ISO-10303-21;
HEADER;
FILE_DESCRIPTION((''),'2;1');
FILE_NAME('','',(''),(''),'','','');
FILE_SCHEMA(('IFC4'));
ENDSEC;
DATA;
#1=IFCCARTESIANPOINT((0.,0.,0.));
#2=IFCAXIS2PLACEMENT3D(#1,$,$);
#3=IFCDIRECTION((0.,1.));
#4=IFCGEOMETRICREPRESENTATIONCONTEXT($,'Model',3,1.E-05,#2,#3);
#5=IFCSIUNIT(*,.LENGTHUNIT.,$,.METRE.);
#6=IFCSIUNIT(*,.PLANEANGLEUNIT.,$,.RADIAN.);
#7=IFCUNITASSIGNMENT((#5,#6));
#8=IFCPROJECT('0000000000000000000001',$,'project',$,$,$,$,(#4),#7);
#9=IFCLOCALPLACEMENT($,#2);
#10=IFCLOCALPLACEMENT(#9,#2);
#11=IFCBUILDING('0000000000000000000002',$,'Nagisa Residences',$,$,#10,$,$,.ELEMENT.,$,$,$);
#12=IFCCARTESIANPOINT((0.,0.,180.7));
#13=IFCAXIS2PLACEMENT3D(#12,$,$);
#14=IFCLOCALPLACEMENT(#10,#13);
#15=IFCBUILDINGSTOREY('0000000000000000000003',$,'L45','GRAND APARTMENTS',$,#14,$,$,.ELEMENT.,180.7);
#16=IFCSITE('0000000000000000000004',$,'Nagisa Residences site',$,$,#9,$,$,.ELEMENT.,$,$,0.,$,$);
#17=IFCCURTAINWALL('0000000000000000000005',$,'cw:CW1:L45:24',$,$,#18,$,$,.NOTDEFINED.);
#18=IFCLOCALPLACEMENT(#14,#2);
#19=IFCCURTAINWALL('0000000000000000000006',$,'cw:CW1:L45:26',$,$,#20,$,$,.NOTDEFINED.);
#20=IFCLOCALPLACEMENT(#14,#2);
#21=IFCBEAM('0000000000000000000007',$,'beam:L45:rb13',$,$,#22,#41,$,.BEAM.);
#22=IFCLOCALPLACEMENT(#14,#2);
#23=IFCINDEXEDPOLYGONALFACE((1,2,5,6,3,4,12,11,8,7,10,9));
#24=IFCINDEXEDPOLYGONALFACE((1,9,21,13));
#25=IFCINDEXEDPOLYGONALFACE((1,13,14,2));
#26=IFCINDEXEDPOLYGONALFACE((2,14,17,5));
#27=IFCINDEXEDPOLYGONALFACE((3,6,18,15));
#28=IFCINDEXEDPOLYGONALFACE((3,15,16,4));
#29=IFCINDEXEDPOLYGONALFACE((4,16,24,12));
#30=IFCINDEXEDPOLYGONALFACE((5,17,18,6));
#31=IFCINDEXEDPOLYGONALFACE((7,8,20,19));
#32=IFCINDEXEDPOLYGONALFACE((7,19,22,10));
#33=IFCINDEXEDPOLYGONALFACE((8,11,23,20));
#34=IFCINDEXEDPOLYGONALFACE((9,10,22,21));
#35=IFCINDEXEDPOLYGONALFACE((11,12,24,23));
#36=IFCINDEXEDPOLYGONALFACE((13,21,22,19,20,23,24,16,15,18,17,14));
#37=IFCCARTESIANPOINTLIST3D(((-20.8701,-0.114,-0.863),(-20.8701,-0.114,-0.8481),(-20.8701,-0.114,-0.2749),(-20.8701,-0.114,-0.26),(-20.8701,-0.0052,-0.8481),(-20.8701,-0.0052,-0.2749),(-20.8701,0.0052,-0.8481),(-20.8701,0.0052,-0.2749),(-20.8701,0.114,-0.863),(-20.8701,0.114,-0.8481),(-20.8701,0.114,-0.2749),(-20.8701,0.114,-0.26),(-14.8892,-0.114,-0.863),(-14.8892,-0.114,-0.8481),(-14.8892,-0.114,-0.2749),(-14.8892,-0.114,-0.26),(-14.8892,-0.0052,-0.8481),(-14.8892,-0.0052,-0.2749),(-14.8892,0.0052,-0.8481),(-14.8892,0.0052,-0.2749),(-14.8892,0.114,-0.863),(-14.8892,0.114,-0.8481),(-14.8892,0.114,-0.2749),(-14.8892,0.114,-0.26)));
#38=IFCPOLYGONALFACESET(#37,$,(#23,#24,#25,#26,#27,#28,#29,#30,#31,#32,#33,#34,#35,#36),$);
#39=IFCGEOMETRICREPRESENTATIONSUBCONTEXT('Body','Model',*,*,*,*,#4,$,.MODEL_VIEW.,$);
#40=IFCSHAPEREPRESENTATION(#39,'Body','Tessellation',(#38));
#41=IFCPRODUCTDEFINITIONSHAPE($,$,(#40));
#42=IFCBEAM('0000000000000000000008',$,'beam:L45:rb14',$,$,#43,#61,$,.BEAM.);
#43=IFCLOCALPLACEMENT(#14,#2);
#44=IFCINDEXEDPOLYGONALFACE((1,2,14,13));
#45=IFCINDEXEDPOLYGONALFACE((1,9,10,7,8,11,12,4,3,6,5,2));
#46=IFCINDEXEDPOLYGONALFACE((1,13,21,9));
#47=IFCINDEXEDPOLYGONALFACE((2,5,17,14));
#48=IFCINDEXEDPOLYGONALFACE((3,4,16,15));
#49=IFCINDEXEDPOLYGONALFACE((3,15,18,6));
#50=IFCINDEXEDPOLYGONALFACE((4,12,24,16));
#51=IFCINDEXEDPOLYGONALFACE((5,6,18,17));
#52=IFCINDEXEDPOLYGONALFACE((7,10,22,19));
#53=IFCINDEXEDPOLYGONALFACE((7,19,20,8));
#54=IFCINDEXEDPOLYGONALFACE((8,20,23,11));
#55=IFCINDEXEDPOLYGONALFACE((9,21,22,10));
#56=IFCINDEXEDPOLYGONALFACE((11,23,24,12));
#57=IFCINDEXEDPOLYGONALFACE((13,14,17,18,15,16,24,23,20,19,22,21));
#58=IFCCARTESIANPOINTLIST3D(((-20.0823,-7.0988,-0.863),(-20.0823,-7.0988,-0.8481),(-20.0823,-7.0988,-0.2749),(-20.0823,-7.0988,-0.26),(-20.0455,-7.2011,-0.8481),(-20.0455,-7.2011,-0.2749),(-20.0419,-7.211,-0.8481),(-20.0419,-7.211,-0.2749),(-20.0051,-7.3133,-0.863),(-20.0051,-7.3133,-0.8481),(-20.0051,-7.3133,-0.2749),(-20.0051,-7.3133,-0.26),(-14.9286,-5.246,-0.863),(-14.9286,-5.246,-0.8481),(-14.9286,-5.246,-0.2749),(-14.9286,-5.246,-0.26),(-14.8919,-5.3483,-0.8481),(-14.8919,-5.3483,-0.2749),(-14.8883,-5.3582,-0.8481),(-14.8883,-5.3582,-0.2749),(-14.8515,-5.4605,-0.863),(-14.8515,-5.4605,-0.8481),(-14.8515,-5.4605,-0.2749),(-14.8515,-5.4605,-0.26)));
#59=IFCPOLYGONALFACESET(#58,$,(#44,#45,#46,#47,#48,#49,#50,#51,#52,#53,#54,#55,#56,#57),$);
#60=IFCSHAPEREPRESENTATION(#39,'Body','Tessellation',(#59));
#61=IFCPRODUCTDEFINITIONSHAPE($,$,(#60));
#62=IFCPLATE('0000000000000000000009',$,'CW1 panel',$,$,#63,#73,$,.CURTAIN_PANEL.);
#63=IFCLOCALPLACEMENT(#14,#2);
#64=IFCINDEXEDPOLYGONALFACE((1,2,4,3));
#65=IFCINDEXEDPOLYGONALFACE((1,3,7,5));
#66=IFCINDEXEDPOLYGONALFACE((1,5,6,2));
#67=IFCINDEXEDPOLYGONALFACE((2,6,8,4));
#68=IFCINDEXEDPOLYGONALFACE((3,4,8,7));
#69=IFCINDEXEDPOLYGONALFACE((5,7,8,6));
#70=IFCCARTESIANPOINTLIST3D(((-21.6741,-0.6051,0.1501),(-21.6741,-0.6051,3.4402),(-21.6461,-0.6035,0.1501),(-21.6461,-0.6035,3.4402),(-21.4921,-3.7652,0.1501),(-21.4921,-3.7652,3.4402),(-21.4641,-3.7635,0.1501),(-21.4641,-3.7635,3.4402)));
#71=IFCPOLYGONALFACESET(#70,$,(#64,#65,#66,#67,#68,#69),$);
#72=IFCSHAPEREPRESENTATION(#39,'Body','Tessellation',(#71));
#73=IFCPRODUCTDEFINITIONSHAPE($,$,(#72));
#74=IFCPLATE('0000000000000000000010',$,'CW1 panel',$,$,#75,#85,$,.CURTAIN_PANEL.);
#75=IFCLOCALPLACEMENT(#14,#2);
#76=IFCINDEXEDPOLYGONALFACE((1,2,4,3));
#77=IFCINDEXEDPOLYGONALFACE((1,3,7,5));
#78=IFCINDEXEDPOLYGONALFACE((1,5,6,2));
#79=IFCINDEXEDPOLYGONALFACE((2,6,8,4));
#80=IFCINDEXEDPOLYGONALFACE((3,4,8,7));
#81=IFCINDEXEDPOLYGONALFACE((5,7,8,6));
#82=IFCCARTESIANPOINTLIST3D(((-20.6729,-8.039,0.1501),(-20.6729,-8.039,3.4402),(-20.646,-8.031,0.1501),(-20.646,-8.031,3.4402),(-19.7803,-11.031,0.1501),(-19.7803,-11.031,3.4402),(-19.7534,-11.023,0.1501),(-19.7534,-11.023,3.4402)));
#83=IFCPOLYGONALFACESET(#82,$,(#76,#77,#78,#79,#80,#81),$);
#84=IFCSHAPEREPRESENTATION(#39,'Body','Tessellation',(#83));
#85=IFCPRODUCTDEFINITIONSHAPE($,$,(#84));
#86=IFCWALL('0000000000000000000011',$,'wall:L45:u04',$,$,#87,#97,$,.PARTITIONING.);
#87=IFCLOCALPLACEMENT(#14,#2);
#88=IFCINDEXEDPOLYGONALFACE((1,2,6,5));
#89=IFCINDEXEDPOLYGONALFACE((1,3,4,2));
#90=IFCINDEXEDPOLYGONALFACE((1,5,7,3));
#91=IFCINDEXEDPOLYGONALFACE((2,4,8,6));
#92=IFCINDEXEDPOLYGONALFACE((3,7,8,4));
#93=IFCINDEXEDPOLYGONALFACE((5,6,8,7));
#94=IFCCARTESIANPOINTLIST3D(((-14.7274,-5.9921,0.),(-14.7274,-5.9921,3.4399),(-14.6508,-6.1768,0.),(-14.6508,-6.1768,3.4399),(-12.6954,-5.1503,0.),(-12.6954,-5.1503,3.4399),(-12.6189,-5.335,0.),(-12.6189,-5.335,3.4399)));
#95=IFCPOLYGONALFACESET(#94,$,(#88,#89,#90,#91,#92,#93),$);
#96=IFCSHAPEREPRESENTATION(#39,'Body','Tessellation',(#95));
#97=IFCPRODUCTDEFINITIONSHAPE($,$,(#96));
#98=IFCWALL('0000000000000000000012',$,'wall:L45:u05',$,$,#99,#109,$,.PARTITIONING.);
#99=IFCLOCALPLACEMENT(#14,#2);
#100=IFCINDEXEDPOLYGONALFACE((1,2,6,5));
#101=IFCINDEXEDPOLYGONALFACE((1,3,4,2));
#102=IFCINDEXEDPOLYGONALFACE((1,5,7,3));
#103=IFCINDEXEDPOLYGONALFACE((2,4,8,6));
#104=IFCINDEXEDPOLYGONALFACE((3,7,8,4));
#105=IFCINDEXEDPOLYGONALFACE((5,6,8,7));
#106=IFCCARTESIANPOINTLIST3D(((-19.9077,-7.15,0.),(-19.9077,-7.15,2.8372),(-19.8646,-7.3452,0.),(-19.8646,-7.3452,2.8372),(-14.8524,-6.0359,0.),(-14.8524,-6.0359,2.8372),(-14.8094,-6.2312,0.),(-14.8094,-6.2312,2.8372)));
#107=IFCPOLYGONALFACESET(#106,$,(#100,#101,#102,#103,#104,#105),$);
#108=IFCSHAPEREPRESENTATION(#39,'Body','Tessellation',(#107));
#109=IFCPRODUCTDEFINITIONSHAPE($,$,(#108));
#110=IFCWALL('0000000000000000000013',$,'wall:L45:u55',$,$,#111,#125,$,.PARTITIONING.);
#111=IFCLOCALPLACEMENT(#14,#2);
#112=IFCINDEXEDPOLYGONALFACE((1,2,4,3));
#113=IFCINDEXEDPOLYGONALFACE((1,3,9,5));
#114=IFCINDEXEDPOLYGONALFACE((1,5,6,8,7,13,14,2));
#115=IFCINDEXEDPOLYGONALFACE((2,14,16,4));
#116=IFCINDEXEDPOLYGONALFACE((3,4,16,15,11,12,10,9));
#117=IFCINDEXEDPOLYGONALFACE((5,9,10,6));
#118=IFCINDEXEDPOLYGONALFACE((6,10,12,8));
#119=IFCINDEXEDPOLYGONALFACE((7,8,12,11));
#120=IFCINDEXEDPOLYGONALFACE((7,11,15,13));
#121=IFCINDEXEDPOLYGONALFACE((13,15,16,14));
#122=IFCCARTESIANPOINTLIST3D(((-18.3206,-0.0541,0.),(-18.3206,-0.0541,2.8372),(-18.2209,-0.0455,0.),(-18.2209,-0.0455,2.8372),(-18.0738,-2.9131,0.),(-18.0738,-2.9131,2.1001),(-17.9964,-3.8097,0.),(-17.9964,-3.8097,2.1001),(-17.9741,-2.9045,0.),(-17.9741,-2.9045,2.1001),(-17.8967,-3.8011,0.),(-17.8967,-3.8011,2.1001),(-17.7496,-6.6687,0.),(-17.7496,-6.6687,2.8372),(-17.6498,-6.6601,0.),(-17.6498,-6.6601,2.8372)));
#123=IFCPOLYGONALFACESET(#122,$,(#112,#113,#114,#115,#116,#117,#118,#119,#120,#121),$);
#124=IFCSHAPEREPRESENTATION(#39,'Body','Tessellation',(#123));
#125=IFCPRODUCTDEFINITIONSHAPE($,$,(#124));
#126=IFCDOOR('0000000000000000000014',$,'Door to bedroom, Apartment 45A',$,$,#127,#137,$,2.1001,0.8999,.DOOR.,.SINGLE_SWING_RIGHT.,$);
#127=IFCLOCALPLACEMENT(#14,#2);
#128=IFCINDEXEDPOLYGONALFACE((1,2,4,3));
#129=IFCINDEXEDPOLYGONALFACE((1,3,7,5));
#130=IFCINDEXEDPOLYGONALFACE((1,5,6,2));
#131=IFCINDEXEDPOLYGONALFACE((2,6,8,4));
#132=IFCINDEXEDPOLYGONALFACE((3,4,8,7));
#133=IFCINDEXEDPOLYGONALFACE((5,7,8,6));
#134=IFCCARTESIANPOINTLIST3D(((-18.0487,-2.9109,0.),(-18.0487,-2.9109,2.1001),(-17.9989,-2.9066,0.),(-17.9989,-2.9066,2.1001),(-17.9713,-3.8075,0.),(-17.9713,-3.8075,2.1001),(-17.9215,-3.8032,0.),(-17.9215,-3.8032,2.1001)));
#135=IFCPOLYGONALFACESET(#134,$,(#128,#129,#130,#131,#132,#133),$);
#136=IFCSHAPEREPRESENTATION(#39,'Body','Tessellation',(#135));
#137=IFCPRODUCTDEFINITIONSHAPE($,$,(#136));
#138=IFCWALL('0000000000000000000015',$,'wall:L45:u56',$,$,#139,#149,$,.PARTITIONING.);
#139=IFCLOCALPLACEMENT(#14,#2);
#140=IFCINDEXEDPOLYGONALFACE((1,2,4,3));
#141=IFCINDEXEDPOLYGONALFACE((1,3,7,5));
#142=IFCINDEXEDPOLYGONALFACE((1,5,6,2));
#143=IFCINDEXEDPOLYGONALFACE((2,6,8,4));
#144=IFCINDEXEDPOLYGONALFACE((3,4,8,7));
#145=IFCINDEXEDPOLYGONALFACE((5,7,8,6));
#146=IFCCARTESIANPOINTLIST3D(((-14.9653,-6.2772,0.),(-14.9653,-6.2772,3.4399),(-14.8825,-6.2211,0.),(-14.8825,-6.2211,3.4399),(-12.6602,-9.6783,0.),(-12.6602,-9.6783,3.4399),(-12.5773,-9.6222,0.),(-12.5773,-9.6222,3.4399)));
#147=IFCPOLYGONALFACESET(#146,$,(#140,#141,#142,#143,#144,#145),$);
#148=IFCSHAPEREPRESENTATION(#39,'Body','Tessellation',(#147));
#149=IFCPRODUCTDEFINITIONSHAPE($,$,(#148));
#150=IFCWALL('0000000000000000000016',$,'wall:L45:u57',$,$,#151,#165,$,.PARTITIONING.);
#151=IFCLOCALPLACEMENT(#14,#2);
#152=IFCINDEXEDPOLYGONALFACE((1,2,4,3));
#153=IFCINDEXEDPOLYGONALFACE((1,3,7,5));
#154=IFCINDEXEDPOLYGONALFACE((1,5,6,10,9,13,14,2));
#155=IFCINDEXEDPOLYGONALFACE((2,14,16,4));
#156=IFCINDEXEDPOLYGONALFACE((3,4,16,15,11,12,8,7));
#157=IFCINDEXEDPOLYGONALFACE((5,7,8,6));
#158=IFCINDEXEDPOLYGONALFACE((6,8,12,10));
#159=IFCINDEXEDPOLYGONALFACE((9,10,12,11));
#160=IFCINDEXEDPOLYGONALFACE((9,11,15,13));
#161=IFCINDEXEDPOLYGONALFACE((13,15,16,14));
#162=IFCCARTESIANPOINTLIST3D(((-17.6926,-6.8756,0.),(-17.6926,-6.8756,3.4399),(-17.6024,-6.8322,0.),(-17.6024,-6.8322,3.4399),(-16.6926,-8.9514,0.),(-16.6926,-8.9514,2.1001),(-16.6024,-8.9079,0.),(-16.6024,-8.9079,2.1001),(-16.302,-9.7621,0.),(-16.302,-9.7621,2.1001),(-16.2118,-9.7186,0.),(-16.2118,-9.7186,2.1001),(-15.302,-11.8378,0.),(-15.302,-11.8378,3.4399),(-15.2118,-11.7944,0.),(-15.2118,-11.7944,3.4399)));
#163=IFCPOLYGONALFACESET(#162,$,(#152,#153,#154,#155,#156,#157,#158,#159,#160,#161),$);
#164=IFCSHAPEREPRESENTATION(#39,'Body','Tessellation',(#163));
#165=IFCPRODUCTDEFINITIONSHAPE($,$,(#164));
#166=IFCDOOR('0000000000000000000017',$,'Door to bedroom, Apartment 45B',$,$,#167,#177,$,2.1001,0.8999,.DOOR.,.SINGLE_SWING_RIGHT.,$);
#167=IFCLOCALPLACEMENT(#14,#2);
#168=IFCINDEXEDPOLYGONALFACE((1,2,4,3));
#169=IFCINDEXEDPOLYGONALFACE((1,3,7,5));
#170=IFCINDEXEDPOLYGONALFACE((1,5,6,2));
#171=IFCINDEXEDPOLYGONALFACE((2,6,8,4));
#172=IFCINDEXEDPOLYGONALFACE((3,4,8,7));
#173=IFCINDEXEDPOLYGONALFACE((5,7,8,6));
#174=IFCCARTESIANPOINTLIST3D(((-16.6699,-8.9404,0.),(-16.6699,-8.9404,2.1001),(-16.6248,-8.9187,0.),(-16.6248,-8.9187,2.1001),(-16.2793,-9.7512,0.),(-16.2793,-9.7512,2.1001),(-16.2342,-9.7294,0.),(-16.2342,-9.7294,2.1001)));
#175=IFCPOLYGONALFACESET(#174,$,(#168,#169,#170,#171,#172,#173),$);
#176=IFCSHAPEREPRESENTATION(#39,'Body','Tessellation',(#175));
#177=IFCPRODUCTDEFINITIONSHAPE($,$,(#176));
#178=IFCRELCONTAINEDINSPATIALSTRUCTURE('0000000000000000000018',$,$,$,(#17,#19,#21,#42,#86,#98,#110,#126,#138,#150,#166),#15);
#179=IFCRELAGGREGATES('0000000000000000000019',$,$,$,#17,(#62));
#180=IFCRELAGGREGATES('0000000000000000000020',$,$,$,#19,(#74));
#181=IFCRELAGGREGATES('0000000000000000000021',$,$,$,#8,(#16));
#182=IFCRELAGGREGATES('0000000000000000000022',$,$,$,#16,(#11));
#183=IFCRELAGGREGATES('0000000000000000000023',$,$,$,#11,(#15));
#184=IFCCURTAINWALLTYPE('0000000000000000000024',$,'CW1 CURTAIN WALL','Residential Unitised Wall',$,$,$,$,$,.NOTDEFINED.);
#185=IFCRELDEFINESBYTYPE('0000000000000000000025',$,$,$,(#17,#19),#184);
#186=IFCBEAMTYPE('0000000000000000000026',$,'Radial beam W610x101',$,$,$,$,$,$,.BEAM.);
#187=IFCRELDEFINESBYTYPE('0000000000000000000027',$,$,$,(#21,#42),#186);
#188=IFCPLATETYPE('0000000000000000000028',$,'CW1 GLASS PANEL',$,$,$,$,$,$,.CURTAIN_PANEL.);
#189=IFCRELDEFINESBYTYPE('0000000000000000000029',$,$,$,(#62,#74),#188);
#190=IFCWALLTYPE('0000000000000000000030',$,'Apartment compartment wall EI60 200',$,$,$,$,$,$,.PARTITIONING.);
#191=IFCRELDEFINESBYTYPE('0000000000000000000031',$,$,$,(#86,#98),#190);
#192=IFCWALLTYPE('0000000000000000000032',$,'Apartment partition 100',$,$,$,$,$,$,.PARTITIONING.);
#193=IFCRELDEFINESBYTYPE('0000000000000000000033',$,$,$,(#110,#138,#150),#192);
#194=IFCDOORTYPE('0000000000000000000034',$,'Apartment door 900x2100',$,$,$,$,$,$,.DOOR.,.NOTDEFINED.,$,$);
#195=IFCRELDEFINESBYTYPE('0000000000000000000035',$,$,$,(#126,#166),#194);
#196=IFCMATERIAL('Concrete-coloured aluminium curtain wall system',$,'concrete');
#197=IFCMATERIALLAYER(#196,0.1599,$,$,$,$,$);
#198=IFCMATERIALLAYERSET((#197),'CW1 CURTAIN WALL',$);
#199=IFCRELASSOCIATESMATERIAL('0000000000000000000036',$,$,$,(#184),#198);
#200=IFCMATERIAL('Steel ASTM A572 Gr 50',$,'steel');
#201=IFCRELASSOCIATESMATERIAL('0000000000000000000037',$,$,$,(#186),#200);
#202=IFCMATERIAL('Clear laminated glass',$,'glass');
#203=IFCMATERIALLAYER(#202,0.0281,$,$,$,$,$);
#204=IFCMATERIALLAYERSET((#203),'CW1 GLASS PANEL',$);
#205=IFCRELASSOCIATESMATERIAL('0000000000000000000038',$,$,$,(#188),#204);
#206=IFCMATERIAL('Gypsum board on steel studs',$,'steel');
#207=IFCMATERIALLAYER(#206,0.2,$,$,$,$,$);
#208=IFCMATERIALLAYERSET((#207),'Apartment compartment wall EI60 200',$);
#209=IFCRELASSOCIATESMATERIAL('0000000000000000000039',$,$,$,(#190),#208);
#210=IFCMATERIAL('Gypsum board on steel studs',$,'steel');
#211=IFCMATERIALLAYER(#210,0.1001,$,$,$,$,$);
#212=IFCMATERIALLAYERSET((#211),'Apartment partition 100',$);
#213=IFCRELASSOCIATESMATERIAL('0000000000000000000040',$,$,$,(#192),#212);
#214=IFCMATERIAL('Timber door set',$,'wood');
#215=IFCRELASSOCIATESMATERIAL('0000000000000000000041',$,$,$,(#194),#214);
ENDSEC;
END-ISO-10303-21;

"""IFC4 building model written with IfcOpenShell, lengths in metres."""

from ifc_helpers import new_model, si_unit, direction, frame, frame_2d, origin, origin_2d, place, context, subcontext, project, spatial, rectangle, i_section, extrude, material, layer, layer_set, material_profile, profile_set, type_object, element, fill, aggregate, save


model = new_model("IFC4")

# Units and contexts
model_context = context("Model", 3, precision=1e-05, world=origin(), true_north=direction((0.0, 1.0)))
body_context = subcontext(model_context, "Body", "Model", "MODEL_VIEW")
ifc_project = project(units=[si_unit("LENGTHUNIT", "METRE"), si_unit("PLANEANGLEUNIT", "RADIAN")], contexts=[model_context])

# Site, building, storey
site_placement = place(None, origin())
site = spatial("IfcSite", under=ifc_project, at=site_placement, Name="Nagisa Residences site", CompositionType="ELEMENT", RefElevation=0.0)
building_placement = place(site_placement, origin())
building = spatial("IfcBuilding", under=site, at=building_placement, Name="Nagisa Residences", CompositionType="ELEMENT")
storey_placement = place(building_placement, frame((0.0, 0.0, 180.7)))
storey = spatial("IfcBuildingStorey", under=building, at=storey_placement, Name="L45", Description="GRAND APARTMENTS", CompositionType="ELEMENT", Elevation=180.7)

# Curtain walls
ifc_material_1 = material(Name="Concrete-coloured aluminium curtain wall system", Category="concrete")
ifc_layer_1 = layer(ifc_material_1, 0.1599)
ifc_layer_set_1 = layer_set([ifc_layer_1], Name="CW1 CURTAIN WALL")
curtain_wall_type = type_object("IfcCurtainWallType", Name="CW1 CURTAIN WALL", Description="Residential Unitised Wall", PredefinedType="NOTDEFINED", material=ifc_layer_set_1)
curtain_wall_1_placement = place(storey_placement, origin())
curtain_wall_1 = element("IfcCurtainWall", 1, at=curtain_wall_1_placement, inside=storey, type_object=curtain_wall_type, Name="cw:CW1:L45:24", PredefinedType="NOTDEFINED")
curtain_wall_2_placement = place(storey_placement, origin())
curtain_wall_2 = element("IfcCurtainWall", 2, at=curtain_wall_2_placement, inside=storey, type_object=curtain_wall_type, Name="cw:CW1:L45:26", PredefinedType="NOTDEFINED")

# Beams
ifc_material_2 = material(Name="Steel ASTM A572 Gr 50", Category="steel")
ifc_material_profile_1 = material_profile(ifc_material_2, i_section(OverallWidth=0.228, OverallDepth=0.603, WebThickness=0.0105, FlangeThickness=0.0149, at=origin_2d()), Name="W610x101")
ifc_profile_set_1 = profile_set([ifc_material_profile_1], Name="Steel ASTM A572 Gr 50")
beam_type_1 = type_object("IfcBeamType", Name="Radial beam W610x101", PredefinedType="BEAM", material=ifc_profile_set_1)
beam_1_placement = place(storey_placement, frame((-20.8701, 0.0, -0.5615), z_axis=(1.0, 0.0, 0.0), x_axis=(0.0, 1.0, 0.0)))
element("IfcBeam", 3, at=beam_1_placement, inside=storey, type_object=beam_type_1, Name="beam:L45:rb13", PredefinedType="BEAM", context=body_context, shape_type="SweptSolid", body=[
    extrude(i_section(OverallWidth=0.228, OverallDepth=0.603, WebThickness=0.0105, FlangeThickness=0.0149, at=origin_2d()), origin(), (0.0, 0.0, 1.0), 5.981),
])
beam_2_placement = place(storey_placement, frame((-20.0437, -7.2061, -0.5615), z_axis=(0.941033, 0.338315, 0.0), x_axis=(-0.338315, 0.941033, 0.0)))
element("IfcBeam", 4, at=beam_2_placement, inside=storey, type_object=beam_type_1, Name="beam:L45:rb14", PredefinedType="BEAM", context=body_context, shape_type="SweptSolid", body=[
    extrude(i_section(OverallWidth=0.228, OverallDepth=0.603, WebThickness=0.0105, FlangeThickness=0.0149, at=origin_2d()), origin(), (0.0, 0.0, 1.0), 5.4766),
])

# Plates
ifc_material_3 = material(Name="Clear laminated glass", Category="glass")
ifc_layer_2 = layer(ifc_material_3, 0.0281)
ifc_layer_set_2 = layer_set([ifc_layer_2], Name="CW1 GLASS PANEL")
plate_type = type_object("IfcPlateType", Name="CW1 GLASS PANEL", PredefinedType="CURTAIN_PANEL", material=ifc_layer_set_2)
plate_1_placement = place(storey_placement, frame((-21.5691, -2.1843, 0.1501), z_axis=(0.0, 0.0, 1.0), x_axis=(0.057503, -0.998345, 0.0)))
plate_1 = element("IfcPlate", 5, at=plate_1_placement, type_object=plate_type, Name="CW1 panel", PredefinedType="CURTAIN_PANEL", context=body_context, shape_type="SweptSolid", body=[
    extrude(rectangle(XDim=3.1653, YDim=0.0281, at=origin_2d()), origin(), (0.0, 0.0, 1.0), 3.29),
])
aggregate(curtain_wall_1, [plate_1])
plate_2_placement = place(storey_placement, frame((-20.2131, -9.531, 0.1501), z_axis=(0.0, 0.0, 1.0), x_axis=(0.28586, -0.958271, 0.0)))
plate_2 = element("IfcPlate", 6, at=plate_2_placement, type_object=plate_type, Name="CW1 panel", PredefinedType="CURTAIN_PANEL", context=body_context, shape_type="SweptSolid", body=[
    extrude(rectangle(XDim=3.1223, YDim=0.0281, at=origin_2d()), origin(), (0.0, 0.0, 1.0), 3.29),
])
aggregate(curtain_wall_2, [plate_2])

# Walls
ifc_material_4 = material(Name="Gypsum board on steel studs", Category="steel")
ifc_layer_3 = layer(ifc_material_4, 0.2)
ifc_layer_set_3 = layer_set([ifc_layer_3], Name="Apartment compartment wall EI60 200")
wall_type_1 = type_object("IfcWallType", Name="Apartment compartment wall EI60 200", PredefinedType="PARTITIONING", material=ifc_layer_set_3)
wall_1_placement = place(storey_placement, frame((-12.6572, -5.2427, 0.0), z_axis=(0.0, 0.0, 1.0), x_axis=(-0.92386, -0.382731, 0.0)))
element("IfcWall", 7, at=wall_1_placement, inside=storey, type_object=wall_type_1, Name="wall:L45:u04", PredefinedType="PARTITIONING", context=body_context, shape_type="SweptSolid", body=[
    extrude(rectangle(XDim=2.1995, YDim=0.2, at=frame_2d((1.0996, 0.0))), origin(), (0.0, 0.0, 1.0), 3.4399),
])
wall_2_placement = place(storey_placement, frame((-14.8308, -6.1335, 0.0), z_axis=(0.0, 0.0, 1.0), x_axis=(-0.976568, -0.215207, 0.0)))
element("IfcWall", 8, at=wall_2_placement, inside=storey, type_object=wall_type_1, Name="wall:L45:u05", PredefinedType="PARTITIONING", context=body_context, shape_type="SweptSolid", body=[
    extrude(rectangle(XDim=5.1765, YDim=0.2, at=frame_2d((2.5884, 0.0))), origin(), (0.0, 0.0, 1.0), 2.8372),
])

# Wall, opening, door
ifc_material_5 = material(Name="Gypsum board on steel studs", Category="steel")
ifc_layer_4 = layer(ifc_material_5, 0.1001)
ifc_layer_set_4 = layer_set([ifc_layer_4], Name="Apartment partition 100")
wall_type_2 = type_object("IfcWallType", Name="Apartment partition 100", PredefinedType="PARTITIONING", material=ifc_layer_set_4)
wall_3_placement = place(storey_placement, frame((-18.2708, -0.0498, 0.0), z_axis=(0.0, 0.0, 1.0), x_axis=(0.086012, -0.996294, 0.0)))
wall_3 = element("IfcWall", 9, at=wall_3_placement, inside=storey, type_object=wall_type_2, Name="wall:L45:u55", PredefinedType="PARTITIONING", context=body_context, shape_type="SweptSolid", body=[
    extrude(rectangle(XDim=6.6392, YDim=0.1001, at=frame_2d((3.3196, 0.0))), origin(), (0.0, 0.0, 1.0), 2.8372),
])
opening_1_placement = place(wall_3_placement, frame((2.8696, 0.0, 0.0)))
opening_1 = element("IfcOpeningElement", 10, at=opening_1_placement, cuts=wall_3, PredefinedType="OPENING", context=body_context, shape_type="SweptSolid", body=[
    extrude(rectangle(XDim=0.8999, YDim=2.1001, at=frame_2d((0.45, 1.05))), frame((0.0, 0.0601, 0.0), z_axis=(0.0, -1.0, 0.0), x_axis=(1.0, 0.0, 0.0)), (0.0, 0.0, 1.0), 0.1201),
])
ifc_material_6 = material(Name="Timber door set", Category="wood")
door_type_1 = type_object("IfcDoorType", Name="Apartment door 900x2100", OperationType="NOTDEFINED", PredefinedType="DOOR", material=ifc_material_6)
door_1_placement = place(opening_1_placement, frame((0.8999, 0.0, 0.0), x_axis=(-1.0, 0.0, 0.0)))
door_1 = element("IfcDoor", 11, at=door_1_placement, inside=storey, type_object=door_type_1, Name="Door to bedroom, Apartment 45A", OperationType="SINGLE_SWING_RIGHT", OverallHeight=2.1001, OverallWidth=0.8999, PredefinedType="DOOR", context=body_context, shape_type="SweptSolid", body=[
    extrude(rectangle(XDim=0.8999, YDim=2.1001, at=frame_2d((0.45, 1.05))), frame((0.0, 0.0249, 0.0), z_axis=(0.0, -1.0, 0.0), x_axis=(1.0, 0.0, 0.0)), (0.0, 0.0, 1.0), 0.05),
])
fill(opening_1, door_1)

# Wall
wall_4_placement = place(storey_placement, frame((-14.9238, -6.2493, 0.0), z_axis=(0.0, 0.0, 1.0), x_axis=(0.561047, -0.827784, 0.0)))
element("IfcWall", 12, at=wall_4_placement, inside=storey, type_object=wall_type_2, Name="wall:L45:u56", PredefinedType="PARTITIONING", context=body_context, shape_type="SweptSolid", body=[
    extrude(rectangle(XDim=4.1086, YDim=0.1001, at=frame_2d((2.0542, 0.0))), origin(), (0.0, 0.0, 1.0), 3.4399),
])

# Wall, opening, door
wall_5_placement = place(storey_placement, frame((-17.6475, -6.854, 0.0), z_axis=(0.0, 0.0, 1.0), x_axis=(0.434028, -0.9009, 0.0)))
wall_5 = element("IfcWall", 13, at=wall_5_placement, inside=storey, type_object=wall_type_2, Name="wall:L45:u57", PredefinedType="PARTITIONING", context=body_context, shape_type="SweptSolid", body=[
    extrude(rectangle(XDim=5.5081, YDim=0.1001, at=frame_2d((2.7539, 0.0))), origin(), (0.0, 0.0, 1.0), 3.4399),
])
opening_2_placement = place(wall_5_placement, frame((2.304, 0.0, 0.0)))
opening_2 = element("IfcOpeningElement", 14, at=opening_2_placement, cuts=wall_5, PredefinedType="OPENING", context=body_context, shape_type="SweptSolid", body=[
    extrude(rectangle(XDim=0.8999, YDim=2.1001, at=frame_2d((0.45, 1.05))), frame((0.0, 0.0601, 0.0), z_axis=(0.0, -1.0, 0.0), x_axis=(1.0, 0.0, 0.0)), (0.0, 0.0, 1.0), 0.1201),
])
door_2_placement = place(opening_2_placement, frame((0.8999, 0.0, 0.0), x_axis=(-1.0, 0.0, 0.0)))
door_2 = element("IfcDoor", 15, at=door_2_placement, inside=storey, type_object=door_type_1, Name="Door to bedroom, Apartment 45B", OperationType="SINGLE_SWING_RIGHT", OverallHeight=2.1001, OverallWidth=0.8999, PredefinedType="DOOR", context=body_context, shape_type="SweptSolid", body=[
    extrude(rectangle(XDim=0.8999, YDim=2.1001, at=frame_2d((0.45, 1.05))), frame((0.0, 0.0249, 0.0), z_axis=(0.0, -1.0, 0.0), x_axis=(1.0, 0.0, 0.0)), (0.0, 0.0, 1.0), 0.05),
])
fill(opening_2, door_2)

save(model, "model.ifc")
